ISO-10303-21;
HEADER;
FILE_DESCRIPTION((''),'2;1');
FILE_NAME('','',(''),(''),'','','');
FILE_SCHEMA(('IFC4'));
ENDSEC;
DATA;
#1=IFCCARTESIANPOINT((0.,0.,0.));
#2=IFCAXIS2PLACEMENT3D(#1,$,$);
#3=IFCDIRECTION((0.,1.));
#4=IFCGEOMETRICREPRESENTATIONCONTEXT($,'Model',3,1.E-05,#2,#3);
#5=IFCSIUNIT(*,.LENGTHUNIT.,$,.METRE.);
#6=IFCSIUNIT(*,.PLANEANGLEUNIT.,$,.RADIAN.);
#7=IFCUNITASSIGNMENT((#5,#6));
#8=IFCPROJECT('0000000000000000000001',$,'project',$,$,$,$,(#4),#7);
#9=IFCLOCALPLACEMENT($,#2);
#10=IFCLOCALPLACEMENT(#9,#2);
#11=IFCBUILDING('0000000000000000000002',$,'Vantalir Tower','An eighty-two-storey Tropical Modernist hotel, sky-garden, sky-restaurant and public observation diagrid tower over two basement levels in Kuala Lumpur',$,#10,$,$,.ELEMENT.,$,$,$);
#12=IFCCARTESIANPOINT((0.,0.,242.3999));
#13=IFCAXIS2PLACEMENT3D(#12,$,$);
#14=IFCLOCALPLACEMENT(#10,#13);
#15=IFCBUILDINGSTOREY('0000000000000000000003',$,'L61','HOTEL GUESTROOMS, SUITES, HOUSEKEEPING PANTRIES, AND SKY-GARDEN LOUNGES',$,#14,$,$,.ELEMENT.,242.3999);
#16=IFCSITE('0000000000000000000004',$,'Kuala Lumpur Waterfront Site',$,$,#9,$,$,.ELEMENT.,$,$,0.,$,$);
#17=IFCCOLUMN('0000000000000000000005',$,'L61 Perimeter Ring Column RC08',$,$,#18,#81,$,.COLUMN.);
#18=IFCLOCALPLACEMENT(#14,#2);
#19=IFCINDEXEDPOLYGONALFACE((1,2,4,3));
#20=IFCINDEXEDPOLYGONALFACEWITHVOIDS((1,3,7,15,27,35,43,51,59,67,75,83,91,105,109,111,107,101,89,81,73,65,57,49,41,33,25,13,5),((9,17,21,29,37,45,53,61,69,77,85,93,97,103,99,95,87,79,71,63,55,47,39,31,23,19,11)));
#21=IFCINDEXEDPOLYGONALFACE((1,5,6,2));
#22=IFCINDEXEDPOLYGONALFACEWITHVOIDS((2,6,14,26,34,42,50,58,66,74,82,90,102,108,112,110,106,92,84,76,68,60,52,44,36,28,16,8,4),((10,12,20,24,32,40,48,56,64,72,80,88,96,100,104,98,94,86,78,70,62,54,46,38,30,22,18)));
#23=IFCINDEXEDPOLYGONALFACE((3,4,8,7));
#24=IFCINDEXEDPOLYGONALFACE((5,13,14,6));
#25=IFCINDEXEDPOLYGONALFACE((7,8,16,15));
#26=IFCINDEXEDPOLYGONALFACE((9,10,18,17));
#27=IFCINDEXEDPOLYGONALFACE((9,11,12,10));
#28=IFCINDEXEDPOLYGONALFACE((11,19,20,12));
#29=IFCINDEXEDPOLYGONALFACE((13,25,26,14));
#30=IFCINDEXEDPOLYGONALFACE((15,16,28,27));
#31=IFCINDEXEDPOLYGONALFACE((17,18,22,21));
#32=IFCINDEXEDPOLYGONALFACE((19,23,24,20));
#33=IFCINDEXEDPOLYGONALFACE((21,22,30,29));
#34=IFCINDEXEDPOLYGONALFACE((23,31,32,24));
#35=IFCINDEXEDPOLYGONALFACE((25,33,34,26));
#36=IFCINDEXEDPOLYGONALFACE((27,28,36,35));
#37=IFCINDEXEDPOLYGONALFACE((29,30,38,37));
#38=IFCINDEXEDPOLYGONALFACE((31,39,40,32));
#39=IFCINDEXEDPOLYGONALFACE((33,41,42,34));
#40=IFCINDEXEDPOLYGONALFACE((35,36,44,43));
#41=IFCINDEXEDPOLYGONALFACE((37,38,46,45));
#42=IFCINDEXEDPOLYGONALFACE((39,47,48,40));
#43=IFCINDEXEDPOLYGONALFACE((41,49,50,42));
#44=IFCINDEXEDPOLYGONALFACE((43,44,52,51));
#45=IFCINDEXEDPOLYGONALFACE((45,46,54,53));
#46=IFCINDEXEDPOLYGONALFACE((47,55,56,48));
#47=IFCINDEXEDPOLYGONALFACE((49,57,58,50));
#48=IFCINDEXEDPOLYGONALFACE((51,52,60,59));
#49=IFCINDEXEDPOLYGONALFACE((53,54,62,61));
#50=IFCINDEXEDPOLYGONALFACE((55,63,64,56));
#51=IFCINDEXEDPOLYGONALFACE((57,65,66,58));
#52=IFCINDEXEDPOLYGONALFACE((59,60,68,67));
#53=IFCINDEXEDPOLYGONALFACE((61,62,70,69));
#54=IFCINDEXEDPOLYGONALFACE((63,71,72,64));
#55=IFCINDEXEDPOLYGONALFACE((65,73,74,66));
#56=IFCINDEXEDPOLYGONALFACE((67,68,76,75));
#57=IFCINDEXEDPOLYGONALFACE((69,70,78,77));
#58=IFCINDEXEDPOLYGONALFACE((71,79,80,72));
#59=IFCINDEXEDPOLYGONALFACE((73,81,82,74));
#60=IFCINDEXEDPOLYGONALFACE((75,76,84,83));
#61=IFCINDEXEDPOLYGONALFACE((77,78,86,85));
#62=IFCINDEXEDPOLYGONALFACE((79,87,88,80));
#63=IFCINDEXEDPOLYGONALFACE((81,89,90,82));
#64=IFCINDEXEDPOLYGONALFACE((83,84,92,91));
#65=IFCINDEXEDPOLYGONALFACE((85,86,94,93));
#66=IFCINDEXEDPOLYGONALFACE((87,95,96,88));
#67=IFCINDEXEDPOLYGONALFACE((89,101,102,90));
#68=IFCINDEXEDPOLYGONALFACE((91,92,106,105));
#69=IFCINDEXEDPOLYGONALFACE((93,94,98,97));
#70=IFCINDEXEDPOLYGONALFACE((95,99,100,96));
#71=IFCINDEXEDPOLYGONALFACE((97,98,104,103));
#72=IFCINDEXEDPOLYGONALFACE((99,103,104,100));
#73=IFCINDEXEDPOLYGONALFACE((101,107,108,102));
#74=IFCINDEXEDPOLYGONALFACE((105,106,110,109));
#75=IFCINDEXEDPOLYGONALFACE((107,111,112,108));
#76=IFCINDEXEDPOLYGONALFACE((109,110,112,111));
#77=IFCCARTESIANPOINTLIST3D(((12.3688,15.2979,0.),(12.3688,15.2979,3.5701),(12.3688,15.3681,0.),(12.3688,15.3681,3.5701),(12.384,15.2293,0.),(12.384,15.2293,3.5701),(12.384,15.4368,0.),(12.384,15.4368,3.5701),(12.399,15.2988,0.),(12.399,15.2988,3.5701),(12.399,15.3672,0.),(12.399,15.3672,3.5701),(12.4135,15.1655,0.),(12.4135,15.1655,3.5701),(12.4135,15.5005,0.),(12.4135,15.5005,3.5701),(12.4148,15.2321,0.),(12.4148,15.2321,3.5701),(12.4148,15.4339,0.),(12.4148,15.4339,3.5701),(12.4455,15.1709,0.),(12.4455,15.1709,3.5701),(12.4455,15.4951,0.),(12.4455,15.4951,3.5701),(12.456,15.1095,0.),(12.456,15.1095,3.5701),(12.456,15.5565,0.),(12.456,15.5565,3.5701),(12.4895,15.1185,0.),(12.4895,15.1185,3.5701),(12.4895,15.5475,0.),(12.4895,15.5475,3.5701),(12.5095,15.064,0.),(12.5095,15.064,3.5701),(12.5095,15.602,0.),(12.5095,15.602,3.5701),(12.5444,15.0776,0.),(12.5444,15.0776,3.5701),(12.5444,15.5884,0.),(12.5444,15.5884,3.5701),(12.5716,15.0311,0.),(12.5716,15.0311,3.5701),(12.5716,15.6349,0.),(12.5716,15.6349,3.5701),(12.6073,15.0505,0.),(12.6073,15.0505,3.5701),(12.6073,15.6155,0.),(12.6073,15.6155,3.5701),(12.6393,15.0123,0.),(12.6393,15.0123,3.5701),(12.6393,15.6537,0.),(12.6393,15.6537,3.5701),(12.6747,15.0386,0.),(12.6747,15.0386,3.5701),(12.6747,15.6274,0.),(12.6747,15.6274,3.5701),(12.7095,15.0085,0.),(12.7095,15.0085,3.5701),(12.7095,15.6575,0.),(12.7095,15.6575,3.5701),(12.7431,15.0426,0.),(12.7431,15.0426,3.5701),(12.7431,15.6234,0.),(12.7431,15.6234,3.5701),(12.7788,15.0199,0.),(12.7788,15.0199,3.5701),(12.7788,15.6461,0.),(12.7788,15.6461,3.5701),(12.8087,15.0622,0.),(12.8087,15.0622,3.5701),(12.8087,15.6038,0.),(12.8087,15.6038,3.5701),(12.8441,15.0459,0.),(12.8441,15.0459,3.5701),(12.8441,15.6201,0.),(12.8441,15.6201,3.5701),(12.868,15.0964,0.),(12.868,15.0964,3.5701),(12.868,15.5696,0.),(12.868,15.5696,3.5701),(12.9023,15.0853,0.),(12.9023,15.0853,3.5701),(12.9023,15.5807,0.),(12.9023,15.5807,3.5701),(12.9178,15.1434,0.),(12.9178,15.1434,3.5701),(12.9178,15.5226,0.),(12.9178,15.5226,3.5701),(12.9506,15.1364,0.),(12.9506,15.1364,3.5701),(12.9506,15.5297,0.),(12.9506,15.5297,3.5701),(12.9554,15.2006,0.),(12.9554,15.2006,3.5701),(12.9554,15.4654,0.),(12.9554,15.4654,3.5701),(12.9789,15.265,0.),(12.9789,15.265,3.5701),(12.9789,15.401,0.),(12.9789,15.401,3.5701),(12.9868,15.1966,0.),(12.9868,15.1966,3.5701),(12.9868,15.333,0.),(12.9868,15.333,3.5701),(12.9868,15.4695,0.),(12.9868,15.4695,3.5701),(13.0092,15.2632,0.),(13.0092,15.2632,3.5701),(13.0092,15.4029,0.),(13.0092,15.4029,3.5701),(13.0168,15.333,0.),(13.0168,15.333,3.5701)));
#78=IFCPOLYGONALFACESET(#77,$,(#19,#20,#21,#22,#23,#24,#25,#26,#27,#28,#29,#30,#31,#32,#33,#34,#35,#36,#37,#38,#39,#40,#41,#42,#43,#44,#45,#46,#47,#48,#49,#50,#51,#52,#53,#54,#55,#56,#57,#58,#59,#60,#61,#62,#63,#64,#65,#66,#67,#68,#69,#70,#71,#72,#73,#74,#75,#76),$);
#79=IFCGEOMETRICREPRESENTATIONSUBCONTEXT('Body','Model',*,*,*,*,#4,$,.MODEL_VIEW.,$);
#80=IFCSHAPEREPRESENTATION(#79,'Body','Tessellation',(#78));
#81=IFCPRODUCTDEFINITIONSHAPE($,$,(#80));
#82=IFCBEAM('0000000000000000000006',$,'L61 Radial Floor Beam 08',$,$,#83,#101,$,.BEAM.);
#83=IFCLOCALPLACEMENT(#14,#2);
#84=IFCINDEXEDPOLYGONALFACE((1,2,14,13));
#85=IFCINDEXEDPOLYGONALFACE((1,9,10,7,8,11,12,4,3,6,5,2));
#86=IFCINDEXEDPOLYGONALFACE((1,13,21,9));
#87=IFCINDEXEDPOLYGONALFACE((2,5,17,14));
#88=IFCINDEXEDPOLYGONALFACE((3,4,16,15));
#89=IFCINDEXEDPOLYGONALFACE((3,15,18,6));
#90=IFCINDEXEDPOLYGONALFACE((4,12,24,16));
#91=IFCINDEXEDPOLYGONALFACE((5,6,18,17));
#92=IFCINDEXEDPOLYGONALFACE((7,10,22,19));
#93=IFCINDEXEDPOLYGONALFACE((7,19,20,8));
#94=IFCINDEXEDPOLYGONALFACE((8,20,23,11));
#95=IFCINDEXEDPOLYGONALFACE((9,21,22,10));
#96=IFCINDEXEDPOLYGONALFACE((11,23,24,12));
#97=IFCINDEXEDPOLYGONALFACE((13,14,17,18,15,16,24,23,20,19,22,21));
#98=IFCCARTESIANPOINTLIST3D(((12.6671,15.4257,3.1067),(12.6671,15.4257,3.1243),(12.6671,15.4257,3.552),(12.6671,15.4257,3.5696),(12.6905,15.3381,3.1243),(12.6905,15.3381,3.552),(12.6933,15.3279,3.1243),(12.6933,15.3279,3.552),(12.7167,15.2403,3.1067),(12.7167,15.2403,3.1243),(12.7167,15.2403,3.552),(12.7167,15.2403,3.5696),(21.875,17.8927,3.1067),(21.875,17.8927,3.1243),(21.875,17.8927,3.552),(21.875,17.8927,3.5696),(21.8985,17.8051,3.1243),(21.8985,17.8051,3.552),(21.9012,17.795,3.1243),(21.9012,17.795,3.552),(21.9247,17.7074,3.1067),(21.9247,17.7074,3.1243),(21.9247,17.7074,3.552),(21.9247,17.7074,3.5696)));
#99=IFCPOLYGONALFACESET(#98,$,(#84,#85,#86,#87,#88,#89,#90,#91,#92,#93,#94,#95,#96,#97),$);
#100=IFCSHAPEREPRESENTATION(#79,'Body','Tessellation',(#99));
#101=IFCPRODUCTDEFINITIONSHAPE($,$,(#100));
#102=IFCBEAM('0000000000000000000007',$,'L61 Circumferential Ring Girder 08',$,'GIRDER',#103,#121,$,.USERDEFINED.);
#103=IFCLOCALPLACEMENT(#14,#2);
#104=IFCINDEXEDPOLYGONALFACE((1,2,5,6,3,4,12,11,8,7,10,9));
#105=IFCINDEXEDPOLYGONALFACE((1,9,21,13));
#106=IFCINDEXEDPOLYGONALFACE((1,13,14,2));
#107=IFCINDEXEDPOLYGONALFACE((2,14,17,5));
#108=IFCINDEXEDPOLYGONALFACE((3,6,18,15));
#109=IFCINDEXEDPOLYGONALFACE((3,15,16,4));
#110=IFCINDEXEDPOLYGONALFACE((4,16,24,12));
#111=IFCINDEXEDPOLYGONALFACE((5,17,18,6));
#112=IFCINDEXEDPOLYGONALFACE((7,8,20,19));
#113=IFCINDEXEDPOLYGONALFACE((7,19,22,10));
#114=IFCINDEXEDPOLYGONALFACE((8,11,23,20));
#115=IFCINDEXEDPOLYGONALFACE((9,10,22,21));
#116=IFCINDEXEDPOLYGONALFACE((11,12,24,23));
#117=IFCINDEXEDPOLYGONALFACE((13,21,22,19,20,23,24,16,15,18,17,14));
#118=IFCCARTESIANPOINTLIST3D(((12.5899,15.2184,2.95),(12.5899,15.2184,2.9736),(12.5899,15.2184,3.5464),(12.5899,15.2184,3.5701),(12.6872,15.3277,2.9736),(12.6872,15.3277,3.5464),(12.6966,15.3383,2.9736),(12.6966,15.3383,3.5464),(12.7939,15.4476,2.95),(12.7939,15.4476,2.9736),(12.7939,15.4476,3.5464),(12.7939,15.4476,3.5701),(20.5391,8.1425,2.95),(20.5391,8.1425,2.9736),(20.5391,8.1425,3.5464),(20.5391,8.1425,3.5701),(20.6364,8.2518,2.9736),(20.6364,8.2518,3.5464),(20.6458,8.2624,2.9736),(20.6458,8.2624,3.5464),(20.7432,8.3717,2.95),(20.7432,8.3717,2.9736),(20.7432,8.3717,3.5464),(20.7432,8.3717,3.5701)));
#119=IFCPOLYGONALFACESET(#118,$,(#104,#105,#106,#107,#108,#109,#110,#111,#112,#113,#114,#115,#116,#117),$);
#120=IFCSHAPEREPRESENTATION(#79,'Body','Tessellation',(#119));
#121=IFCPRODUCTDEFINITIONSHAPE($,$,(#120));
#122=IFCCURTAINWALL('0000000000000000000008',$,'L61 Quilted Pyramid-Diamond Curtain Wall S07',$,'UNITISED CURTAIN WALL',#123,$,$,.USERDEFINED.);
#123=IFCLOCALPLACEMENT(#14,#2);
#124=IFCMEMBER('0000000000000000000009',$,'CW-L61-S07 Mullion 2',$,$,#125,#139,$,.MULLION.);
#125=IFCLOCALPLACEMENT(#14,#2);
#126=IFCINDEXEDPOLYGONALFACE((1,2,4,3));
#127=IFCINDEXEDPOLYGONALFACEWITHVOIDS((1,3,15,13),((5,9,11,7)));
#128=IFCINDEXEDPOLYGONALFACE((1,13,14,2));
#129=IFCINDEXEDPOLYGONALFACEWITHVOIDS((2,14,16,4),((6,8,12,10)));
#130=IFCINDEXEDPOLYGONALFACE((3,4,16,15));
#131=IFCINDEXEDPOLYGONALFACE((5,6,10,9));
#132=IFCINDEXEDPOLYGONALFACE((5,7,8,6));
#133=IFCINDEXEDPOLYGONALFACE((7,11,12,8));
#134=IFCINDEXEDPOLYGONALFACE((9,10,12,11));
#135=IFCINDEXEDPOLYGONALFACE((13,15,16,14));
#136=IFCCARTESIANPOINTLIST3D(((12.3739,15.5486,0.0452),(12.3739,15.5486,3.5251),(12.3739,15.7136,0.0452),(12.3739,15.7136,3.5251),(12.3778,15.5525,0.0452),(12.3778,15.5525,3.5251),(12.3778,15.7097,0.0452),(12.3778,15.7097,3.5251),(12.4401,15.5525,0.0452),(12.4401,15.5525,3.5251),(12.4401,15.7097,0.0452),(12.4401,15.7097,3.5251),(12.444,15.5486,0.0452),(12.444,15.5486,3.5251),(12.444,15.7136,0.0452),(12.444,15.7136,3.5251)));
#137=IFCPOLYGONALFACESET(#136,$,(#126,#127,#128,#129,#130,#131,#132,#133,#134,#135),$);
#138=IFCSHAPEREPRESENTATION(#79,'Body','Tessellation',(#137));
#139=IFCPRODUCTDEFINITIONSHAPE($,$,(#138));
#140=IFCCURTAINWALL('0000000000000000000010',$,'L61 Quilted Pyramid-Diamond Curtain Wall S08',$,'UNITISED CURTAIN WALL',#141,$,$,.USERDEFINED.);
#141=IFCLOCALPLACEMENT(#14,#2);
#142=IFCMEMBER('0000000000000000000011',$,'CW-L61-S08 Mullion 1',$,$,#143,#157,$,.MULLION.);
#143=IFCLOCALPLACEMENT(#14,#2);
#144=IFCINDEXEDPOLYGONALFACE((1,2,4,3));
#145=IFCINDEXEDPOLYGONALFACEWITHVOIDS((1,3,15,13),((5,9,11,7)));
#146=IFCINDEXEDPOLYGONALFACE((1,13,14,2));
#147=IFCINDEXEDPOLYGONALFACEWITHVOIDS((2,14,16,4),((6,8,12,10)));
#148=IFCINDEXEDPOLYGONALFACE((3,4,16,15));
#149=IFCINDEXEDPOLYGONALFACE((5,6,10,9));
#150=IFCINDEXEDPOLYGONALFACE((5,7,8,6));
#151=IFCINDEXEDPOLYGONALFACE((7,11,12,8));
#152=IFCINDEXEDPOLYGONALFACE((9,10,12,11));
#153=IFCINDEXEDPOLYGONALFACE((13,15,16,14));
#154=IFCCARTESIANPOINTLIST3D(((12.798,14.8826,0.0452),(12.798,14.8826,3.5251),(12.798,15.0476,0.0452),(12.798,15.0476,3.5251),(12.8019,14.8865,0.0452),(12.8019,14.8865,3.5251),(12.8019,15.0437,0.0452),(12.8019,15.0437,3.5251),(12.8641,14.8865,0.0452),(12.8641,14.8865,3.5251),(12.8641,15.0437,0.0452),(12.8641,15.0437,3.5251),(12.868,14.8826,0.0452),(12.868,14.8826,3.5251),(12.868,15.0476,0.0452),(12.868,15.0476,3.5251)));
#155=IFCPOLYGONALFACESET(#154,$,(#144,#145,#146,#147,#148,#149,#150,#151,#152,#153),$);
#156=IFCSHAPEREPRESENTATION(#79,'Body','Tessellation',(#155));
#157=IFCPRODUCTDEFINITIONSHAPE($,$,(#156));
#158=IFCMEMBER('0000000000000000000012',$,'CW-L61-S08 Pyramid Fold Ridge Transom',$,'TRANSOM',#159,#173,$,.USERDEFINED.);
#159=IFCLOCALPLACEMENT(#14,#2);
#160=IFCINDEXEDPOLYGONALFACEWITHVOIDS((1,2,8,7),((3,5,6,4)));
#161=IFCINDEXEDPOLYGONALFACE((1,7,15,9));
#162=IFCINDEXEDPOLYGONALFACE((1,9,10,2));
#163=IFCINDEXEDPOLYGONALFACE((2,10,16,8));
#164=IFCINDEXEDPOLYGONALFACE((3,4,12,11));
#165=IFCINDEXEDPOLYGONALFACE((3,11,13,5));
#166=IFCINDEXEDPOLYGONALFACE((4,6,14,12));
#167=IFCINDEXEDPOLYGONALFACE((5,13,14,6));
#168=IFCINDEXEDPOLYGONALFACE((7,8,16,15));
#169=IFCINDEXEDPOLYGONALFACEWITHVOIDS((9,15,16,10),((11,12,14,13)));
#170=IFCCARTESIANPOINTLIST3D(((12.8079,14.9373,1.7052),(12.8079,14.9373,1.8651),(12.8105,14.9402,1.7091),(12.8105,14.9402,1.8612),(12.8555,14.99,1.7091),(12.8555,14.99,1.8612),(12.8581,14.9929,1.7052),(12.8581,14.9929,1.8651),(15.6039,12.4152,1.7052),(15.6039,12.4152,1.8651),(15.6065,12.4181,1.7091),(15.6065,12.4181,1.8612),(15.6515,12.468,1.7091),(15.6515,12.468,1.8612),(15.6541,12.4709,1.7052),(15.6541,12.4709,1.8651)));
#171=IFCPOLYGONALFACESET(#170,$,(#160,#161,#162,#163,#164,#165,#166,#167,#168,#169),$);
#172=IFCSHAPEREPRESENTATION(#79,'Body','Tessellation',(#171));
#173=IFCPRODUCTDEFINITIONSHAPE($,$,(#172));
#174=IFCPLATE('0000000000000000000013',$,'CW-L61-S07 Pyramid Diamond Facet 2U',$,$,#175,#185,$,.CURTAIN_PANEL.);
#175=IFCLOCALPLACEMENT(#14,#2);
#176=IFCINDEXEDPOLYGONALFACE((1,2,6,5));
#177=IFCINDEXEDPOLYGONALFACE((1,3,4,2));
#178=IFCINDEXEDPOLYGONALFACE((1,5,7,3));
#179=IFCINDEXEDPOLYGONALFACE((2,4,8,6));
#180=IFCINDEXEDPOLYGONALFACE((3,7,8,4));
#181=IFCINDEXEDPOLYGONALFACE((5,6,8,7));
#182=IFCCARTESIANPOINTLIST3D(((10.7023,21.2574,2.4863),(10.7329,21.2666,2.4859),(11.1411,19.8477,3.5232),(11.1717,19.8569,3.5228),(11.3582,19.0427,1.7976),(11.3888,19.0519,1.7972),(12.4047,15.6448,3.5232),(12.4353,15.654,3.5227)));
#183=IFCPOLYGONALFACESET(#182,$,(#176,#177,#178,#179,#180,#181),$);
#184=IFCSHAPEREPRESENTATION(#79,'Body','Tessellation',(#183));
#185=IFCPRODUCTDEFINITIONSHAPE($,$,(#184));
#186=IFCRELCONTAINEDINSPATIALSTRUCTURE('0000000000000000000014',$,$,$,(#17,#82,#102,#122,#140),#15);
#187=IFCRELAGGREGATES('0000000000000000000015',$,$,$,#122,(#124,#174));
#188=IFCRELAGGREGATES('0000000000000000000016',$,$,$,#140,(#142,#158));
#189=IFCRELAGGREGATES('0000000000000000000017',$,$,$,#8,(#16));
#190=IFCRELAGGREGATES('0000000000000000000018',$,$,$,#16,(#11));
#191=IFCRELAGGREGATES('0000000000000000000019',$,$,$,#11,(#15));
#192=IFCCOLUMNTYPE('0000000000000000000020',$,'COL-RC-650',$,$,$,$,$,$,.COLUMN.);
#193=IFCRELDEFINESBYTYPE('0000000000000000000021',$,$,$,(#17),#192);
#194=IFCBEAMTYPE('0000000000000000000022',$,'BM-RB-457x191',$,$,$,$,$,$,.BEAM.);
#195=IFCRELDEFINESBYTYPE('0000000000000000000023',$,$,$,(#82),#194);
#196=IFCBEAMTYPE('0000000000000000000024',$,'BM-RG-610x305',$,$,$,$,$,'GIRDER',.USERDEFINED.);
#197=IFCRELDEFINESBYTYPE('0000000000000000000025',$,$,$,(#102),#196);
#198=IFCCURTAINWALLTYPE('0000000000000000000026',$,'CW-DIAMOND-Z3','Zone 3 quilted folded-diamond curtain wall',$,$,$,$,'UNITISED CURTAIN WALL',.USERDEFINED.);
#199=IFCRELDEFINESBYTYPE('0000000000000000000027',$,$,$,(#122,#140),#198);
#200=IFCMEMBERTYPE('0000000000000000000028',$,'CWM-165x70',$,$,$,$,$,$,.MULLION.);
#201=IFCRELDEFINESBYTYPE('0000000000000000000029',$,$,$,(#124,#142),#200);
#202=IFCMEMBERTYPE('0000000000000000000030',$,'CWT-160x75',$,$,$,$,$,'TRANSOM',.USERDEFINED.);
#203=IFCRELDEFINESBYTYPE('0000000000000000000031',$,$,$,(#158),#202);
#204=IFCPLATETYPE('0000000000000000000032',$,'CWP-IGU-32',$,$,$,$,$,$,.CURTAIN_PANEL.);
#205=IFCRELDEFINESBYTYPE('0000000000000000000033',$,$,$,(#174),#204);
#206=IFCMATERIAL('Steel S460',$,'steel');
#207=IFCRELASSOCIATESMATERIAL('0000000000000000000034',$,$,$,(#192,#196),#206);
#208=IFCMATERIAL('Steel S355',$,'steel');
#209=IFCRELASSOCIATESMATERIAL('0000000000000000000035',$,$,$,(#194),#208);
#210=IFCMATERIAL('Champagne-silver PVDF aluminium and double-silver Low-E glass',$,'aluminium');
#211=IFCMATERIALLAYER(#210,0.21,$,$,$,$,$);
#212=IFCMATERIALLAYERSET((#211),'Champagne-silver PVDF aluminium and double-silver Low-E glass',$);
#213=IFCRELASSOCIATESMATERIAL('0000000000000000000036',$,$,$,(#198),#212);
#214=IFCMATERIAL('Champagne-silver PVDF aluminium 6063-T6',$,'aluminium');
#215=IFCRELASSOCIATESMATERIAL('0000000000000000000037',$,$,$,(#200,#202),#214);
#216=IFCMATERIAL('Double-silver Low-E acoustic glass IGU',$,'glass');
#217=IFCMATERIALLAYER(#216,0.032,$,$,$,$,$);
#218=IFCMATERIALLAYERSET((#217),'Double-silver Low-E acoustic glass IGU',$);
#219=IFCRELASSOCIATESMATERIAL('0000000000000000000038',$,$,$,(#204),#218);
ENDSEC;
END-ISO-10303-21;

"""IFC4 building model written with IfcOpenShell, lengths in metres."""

from ifc_helpers import new_model, si_unit, direction, frame, origin, origin_2d, place, context, subcontext, project, spatial, polyline, hollow_rectangle, hollow_circle, i_section, outline, extrude, material, layer, layer_set, material_profile, profile_set, type_object, element, aggregate, save


model = new_model("IFC4")

# Units and contexts
model_context = context("Model", 3, precision=1e-05, world=origin(), true_north=direction((0.0, 1.0)))
body_context = subcontext(model_context, "Body", "Model", "MODEL_VIEW")
ifc_project = project(units=[si_unit("LENGTHUNIT", "METRE"), si_unit("PLANEANGLEUNIT", "RADIAN")], contexts=[model_context])

# Site, building, storey
site_placement = place(None, origin())
site = spatial("IfcSite", under=ifc_project, at=site_placement, Name="Kuala Lumpur Waterfront Site", CompositionType="ELEMENT", RefElevation=0.0)
building_placement = place(site_placement, origin())
building = spatial("IfcBuilding", under=site, at=building_placement, Name="Vantalir Tower", Description="An eighty-two-storey Tropical Modernist hotel, sky-garden, sky-restaurant and public observation diagrid tower over two basement levels in Kuala Lumpur", CompositionType="ELEMENT")
storey_placement = place(building_placement, frame((0.0, 0.0, 242.3999)))
storey = spatial("IfcBuildingStorey", under=building, at=storey_placement, Name="L61", Description="HOTEL GUESTROOMS, SUITES, HOUSEKEEPING PANTRIES, AND SKY-GARDEN LOUNGES", CompositionType="ELEMENT", Elevation=242.3999)

# Column
ifc_material_1 = material(Name="Steel S460", Category="steel")
ifc_material_profile_1 = material_profile(ifc_material_1, hollow_circle(Radius=0.325, WallThickness=0.03, at=origin_2d()), Name="Steel S460")
ifc_profile_set_1 = profile_set([ifc_material_profile_1], Name="Steel S460")
column_type = type_object("IfcColumnType", Name="COL-RC-650", PredefinedType="COLUMN", material=ifc_profile_set_1)
column_placement = place(storey_placement, frame((12.6919, 15.333, 0.0), z_axis=(0.0, 0.0, 1.0), x_axis=(1.0, 0.0, 0.0)))
element("IfcColumn", 1, at=column_placement, inside=storey, type_object=column_type, Name="L61 Perimeter Ring Column RC08", PredefinedType="COLUMN", context=body_context, shape_type="SweptSolid", body=[
    extrude(hollow_circle(Radius=0.325, WallThickness=0.03, at=origin_2d()), origin(), (0.0, 0.0, 1.0), 3.5701),
])

# Beams
ifc_material_2 = material(Name="Steel S355", Category="steel")
ifc_material_profile_2 = material_profile(ifc_material_2, i_section(OverallWidth=0.1919, OverallDepth=0.4629, WebThickness=0.0105, FlangeThickness=0.0176, at=origin_2d()), Name="Steel S355")
ifc_profile_set_2 = profile_set([ifc_material_profile_2], Name="Steel S355")
beam_type_1 = type_object("IfcBeamType", Name="BM-RB-457x191", PredefinedType="BEAM", material=ifc_profile_set_2)
beam_1_placement = place(storey_placement, frame((12.6919, 15.333, 3.3381), z_axis=(0.965932, 0.258796, 0.0), x_axis=(-0.258796, 0.965932, 0.0)))
element("IfcBeam", 2, at=beam_1_placement, inside=storey, type_object=beam_type_1, Name="L61 Radial Floor Beam 08", PredefinedType="BEAM", context=body_context, shape_type="SweptSolid", body=[
    extrude(i_section(OverallWidth=0.1919, OverallDepth=0.4629, WebThickness=0.0105, FlangeThickness=0.0176, at=origin_2d()), origin(), (0.0, 0.0, 1.0), 9.5327),
])
ifc_material_profile_3 = material_profile(ifc_material_1, i_section(OverallWidth=0.3069, OverallDepth=0.6201, WebThickness=0.0142, FlangeThickness=0.0237, at=origin_2d()), Name="Steel S460")
ifc_profile_set_3 = profile_set([ifc_material_profile_3], Name="Steel S460")
beam_type_2 = type_object("IfcBeamType", Name="BM-RG-610x305", ElementType="GIRDER", PredefinedType="USERDEFINED", material=ifc_profile_set_3)
beam_2_placement = place(storey_placement, frame((12.6919, 15.333, 3.26), z_axis=(0.746945, -0.664886, 0.0), x_axis=(0.664886, 0.746945, 0.0)))
element("IfcBeam", 3, at=beam_2_placement, inside=storey, type_object=beam_type_2, Name="L61 Circumferential Ring Girder 08", ObjectType="GIRDER", PredefinedType="USERDEFINED", context=body_context, shape_type="SweptSolid", body=[
    extrude(i_section(OverallWidth=0.3069, OverallDepth=0.6201, WebThickness=0.0142, FlangeThickness=0.0237, at=origin_2d()), origin(), (0.0, 0.0, 1.0), 10.6423),
])

# Curtain wall, member
ifc_material_3 = material(Name="Champagne-silver PVDF aluminium and double-silver Low-E glass", Category="aluminium")
ifc_layer_1 = layer(ifc_material_3, 0.21)
ifc_layer_set_1 = layer_set([ifc_layer_1], Name="Champagne-silver PVDF aluminium and double-silver Low-E glass")
curtain_wall_type = type_object("IfcCurtainWallType", Name="CW-DIAMOND-Z3", Description="Zone 3 quilted folded-diamond curtain wall", ElementType="UNITISED CURTAIN WALL", PredefinedType="USERDEFINED", material=ifc_layer_set_1)
curtain_wall_1_placement = place(storey_placement, origin())
curtain_wall_1 = element("IfcCurtainWall", 4, at=curtain_wall_1_placement, inside=storey, type_object=curtain_wall_type, Name="L61 Quilted Pyramid-Diamond Curtain Wall S07", ObjectType="UNITISED CURTAIN WALL", PredefinedType="USERDEFINED")
ifc_material_4 = material(Name="Champagne-silver PVDF aluminium 6063-T6", Category="aluminium")
ifc_material_profile_4 = material_profile(ifc_material_4, hollow_rectangle(XDim=0.0701, YDim=0.165, WallThickness=0.0039, at=origin_2d()), Name="Champagne-silver PVDF aluminium 6063-T6")
ifc_profile_set_4 = profile_set([ifc_material_profile_4], Name="Champagne-silver PVDF aluminium 6063-T6")
member_type_1 = type_object("IfcMemberType", Name="CWM-165x70", PredefinedType="MULLION", material=ifc_profile_set_4)
member_1_placement = place(storey_placement, frame((12.4089, 15.6311, 0.0452), z_axis=(0.0, 0.0, 1.0), x_axis=(1.0, 0.0, 0.0)))
member_1 = element("IfcMember", 5, at=member_1_placement, type_object=member_type_1, Name="CW-L61-S07 Mullion 2", PredefinedType="MULLION", context=body_context, shape_type="SweptSolid", body=[
    extrude(hollow_rectangle(XDim=0.0701, YDim=0.165, WallThickness=0.0039, at=origin_2d()), origin(), (0.0, 0.0, 1.0), 3.48),
])

# Curtain wall, members
curtain_wall_2_placement = place(storey_placement, origin())
curtain_wall_2 = element("IfcCurtainWall", 6, at=curtain_wall_2_placement, inside=storey, type_object=curtain_wall_type, Name="L61 Quilted Pyramid-Diamond Curtain Wall S08", ObjectType="UNITISED CURTAIN WALL", PredefinedType="USERDEFINED")
member_2_placement = place(storey_placement, frame((12.833, 14.9651, 0.0452), z_axis=(0.0, 0.0, 1.0), x_axis=(1.0, 0.0, 0.0)))
member_2 = element("IfcMember", 7, at=member_2_placement, type_object=member_type_1, Name="CW-L61-S08 Mullion 1", PredefinedType="MULLION", context=body_context, shape_type="SweptSolid", body=[
    extrude(hollow_rectangle(XDim=0.0701, YDim=0.165, WallThickness=0.0039, at=origin_2d()), origin(), (0.0, 0.0, 1.0), 3.48),
])
ifc_material_profile_5 = material_profile(ifc_material_4, hollow_rectangle(XDim=0.075, YDim=0.1599, WallThickness=0.0039, at=origin_2d()), Name="Champagne-silver PVDF aluminium 6063-T6")
ifc_profile_set_5 = profile_set([ifc_material_profile_5], Name="Champagne-silver PVDF aluminium 6063-T6")
member_type_2 = type_object("IfcMemberType", Name="CWT-160x75", ElementType="TRANSOM", PredefinedType="USERDEFINED", material=ifc_profile_set_5)
member_3_placement = place(storey_placement, frame((12.833, 14.9651, 1.7852), z_axis=(0.742546, -0.669795, 0.0), x_axis=(0.669795, 0.742546, 0.0)))
member_3 = element("IfcMember", 8, at=member_3_placement, type_object=member_type_2, Name="CW-L61-S08 Pyramid Fold Ridge Transom", ObjectType="TRANSOM", PredefinedType="USERDEFINED", context=body_context, shape_type="SweptSolid", body=[
    extrude(hollow_rectangle(XDim=0.075, YDim=0.1599, WallThickness=0.0039, at=origin_2d()), origin(), (0.0, 0.0, 1.0), 3.7654),
])

# Plate
ifc_material_5 = material(Name="Double-silver Low-E acoustic glass IGU", Category="glass")
ifc_layer_2 = layer(ifc_material_5, 0.032)
ifc_layer_set_2 = layer_set([ifc_layer_2], Name="Double-silver Low-E acoustic glass IGU")
plate_type_1 = type_object("IfcPlateType", Name="CWP-IGU-32", PredefinedType="CURTAIN_PANEL", material=ifc_layer_set_2)
plate_1_placement = place(storey_placement, frame((11.1411, 19.8477, 3.5232), z_axis=(-0.957564, -0.287889, 0.01385), x_axis=(0.287916, -0.957656, 0.0)))
plate_1 = element("IfcPlate", 9, at=plate_1_placement, type_object=plate_type_1, Name="CW-L61-S07 Pyramid Diamond Facet 2U", PredefinedType="CURTAIN_PANEL", context=body_context, shape_type="SweptSolid", body=[
    extrude(outline(polyline([(0.0, 0.0), (4.3887, 0.0), (0.8333, -1.7258), (-1.4764, -1.037), (0.0, 0.0)])), origin(), (0.0, 0.0, -1.0), 0.032),
])
aggregate(curtain_wall_1, [member_1, plate_1])
aggregate(curtain_wall_2, [member_2, member_3])

save(model, "model.ifc")
